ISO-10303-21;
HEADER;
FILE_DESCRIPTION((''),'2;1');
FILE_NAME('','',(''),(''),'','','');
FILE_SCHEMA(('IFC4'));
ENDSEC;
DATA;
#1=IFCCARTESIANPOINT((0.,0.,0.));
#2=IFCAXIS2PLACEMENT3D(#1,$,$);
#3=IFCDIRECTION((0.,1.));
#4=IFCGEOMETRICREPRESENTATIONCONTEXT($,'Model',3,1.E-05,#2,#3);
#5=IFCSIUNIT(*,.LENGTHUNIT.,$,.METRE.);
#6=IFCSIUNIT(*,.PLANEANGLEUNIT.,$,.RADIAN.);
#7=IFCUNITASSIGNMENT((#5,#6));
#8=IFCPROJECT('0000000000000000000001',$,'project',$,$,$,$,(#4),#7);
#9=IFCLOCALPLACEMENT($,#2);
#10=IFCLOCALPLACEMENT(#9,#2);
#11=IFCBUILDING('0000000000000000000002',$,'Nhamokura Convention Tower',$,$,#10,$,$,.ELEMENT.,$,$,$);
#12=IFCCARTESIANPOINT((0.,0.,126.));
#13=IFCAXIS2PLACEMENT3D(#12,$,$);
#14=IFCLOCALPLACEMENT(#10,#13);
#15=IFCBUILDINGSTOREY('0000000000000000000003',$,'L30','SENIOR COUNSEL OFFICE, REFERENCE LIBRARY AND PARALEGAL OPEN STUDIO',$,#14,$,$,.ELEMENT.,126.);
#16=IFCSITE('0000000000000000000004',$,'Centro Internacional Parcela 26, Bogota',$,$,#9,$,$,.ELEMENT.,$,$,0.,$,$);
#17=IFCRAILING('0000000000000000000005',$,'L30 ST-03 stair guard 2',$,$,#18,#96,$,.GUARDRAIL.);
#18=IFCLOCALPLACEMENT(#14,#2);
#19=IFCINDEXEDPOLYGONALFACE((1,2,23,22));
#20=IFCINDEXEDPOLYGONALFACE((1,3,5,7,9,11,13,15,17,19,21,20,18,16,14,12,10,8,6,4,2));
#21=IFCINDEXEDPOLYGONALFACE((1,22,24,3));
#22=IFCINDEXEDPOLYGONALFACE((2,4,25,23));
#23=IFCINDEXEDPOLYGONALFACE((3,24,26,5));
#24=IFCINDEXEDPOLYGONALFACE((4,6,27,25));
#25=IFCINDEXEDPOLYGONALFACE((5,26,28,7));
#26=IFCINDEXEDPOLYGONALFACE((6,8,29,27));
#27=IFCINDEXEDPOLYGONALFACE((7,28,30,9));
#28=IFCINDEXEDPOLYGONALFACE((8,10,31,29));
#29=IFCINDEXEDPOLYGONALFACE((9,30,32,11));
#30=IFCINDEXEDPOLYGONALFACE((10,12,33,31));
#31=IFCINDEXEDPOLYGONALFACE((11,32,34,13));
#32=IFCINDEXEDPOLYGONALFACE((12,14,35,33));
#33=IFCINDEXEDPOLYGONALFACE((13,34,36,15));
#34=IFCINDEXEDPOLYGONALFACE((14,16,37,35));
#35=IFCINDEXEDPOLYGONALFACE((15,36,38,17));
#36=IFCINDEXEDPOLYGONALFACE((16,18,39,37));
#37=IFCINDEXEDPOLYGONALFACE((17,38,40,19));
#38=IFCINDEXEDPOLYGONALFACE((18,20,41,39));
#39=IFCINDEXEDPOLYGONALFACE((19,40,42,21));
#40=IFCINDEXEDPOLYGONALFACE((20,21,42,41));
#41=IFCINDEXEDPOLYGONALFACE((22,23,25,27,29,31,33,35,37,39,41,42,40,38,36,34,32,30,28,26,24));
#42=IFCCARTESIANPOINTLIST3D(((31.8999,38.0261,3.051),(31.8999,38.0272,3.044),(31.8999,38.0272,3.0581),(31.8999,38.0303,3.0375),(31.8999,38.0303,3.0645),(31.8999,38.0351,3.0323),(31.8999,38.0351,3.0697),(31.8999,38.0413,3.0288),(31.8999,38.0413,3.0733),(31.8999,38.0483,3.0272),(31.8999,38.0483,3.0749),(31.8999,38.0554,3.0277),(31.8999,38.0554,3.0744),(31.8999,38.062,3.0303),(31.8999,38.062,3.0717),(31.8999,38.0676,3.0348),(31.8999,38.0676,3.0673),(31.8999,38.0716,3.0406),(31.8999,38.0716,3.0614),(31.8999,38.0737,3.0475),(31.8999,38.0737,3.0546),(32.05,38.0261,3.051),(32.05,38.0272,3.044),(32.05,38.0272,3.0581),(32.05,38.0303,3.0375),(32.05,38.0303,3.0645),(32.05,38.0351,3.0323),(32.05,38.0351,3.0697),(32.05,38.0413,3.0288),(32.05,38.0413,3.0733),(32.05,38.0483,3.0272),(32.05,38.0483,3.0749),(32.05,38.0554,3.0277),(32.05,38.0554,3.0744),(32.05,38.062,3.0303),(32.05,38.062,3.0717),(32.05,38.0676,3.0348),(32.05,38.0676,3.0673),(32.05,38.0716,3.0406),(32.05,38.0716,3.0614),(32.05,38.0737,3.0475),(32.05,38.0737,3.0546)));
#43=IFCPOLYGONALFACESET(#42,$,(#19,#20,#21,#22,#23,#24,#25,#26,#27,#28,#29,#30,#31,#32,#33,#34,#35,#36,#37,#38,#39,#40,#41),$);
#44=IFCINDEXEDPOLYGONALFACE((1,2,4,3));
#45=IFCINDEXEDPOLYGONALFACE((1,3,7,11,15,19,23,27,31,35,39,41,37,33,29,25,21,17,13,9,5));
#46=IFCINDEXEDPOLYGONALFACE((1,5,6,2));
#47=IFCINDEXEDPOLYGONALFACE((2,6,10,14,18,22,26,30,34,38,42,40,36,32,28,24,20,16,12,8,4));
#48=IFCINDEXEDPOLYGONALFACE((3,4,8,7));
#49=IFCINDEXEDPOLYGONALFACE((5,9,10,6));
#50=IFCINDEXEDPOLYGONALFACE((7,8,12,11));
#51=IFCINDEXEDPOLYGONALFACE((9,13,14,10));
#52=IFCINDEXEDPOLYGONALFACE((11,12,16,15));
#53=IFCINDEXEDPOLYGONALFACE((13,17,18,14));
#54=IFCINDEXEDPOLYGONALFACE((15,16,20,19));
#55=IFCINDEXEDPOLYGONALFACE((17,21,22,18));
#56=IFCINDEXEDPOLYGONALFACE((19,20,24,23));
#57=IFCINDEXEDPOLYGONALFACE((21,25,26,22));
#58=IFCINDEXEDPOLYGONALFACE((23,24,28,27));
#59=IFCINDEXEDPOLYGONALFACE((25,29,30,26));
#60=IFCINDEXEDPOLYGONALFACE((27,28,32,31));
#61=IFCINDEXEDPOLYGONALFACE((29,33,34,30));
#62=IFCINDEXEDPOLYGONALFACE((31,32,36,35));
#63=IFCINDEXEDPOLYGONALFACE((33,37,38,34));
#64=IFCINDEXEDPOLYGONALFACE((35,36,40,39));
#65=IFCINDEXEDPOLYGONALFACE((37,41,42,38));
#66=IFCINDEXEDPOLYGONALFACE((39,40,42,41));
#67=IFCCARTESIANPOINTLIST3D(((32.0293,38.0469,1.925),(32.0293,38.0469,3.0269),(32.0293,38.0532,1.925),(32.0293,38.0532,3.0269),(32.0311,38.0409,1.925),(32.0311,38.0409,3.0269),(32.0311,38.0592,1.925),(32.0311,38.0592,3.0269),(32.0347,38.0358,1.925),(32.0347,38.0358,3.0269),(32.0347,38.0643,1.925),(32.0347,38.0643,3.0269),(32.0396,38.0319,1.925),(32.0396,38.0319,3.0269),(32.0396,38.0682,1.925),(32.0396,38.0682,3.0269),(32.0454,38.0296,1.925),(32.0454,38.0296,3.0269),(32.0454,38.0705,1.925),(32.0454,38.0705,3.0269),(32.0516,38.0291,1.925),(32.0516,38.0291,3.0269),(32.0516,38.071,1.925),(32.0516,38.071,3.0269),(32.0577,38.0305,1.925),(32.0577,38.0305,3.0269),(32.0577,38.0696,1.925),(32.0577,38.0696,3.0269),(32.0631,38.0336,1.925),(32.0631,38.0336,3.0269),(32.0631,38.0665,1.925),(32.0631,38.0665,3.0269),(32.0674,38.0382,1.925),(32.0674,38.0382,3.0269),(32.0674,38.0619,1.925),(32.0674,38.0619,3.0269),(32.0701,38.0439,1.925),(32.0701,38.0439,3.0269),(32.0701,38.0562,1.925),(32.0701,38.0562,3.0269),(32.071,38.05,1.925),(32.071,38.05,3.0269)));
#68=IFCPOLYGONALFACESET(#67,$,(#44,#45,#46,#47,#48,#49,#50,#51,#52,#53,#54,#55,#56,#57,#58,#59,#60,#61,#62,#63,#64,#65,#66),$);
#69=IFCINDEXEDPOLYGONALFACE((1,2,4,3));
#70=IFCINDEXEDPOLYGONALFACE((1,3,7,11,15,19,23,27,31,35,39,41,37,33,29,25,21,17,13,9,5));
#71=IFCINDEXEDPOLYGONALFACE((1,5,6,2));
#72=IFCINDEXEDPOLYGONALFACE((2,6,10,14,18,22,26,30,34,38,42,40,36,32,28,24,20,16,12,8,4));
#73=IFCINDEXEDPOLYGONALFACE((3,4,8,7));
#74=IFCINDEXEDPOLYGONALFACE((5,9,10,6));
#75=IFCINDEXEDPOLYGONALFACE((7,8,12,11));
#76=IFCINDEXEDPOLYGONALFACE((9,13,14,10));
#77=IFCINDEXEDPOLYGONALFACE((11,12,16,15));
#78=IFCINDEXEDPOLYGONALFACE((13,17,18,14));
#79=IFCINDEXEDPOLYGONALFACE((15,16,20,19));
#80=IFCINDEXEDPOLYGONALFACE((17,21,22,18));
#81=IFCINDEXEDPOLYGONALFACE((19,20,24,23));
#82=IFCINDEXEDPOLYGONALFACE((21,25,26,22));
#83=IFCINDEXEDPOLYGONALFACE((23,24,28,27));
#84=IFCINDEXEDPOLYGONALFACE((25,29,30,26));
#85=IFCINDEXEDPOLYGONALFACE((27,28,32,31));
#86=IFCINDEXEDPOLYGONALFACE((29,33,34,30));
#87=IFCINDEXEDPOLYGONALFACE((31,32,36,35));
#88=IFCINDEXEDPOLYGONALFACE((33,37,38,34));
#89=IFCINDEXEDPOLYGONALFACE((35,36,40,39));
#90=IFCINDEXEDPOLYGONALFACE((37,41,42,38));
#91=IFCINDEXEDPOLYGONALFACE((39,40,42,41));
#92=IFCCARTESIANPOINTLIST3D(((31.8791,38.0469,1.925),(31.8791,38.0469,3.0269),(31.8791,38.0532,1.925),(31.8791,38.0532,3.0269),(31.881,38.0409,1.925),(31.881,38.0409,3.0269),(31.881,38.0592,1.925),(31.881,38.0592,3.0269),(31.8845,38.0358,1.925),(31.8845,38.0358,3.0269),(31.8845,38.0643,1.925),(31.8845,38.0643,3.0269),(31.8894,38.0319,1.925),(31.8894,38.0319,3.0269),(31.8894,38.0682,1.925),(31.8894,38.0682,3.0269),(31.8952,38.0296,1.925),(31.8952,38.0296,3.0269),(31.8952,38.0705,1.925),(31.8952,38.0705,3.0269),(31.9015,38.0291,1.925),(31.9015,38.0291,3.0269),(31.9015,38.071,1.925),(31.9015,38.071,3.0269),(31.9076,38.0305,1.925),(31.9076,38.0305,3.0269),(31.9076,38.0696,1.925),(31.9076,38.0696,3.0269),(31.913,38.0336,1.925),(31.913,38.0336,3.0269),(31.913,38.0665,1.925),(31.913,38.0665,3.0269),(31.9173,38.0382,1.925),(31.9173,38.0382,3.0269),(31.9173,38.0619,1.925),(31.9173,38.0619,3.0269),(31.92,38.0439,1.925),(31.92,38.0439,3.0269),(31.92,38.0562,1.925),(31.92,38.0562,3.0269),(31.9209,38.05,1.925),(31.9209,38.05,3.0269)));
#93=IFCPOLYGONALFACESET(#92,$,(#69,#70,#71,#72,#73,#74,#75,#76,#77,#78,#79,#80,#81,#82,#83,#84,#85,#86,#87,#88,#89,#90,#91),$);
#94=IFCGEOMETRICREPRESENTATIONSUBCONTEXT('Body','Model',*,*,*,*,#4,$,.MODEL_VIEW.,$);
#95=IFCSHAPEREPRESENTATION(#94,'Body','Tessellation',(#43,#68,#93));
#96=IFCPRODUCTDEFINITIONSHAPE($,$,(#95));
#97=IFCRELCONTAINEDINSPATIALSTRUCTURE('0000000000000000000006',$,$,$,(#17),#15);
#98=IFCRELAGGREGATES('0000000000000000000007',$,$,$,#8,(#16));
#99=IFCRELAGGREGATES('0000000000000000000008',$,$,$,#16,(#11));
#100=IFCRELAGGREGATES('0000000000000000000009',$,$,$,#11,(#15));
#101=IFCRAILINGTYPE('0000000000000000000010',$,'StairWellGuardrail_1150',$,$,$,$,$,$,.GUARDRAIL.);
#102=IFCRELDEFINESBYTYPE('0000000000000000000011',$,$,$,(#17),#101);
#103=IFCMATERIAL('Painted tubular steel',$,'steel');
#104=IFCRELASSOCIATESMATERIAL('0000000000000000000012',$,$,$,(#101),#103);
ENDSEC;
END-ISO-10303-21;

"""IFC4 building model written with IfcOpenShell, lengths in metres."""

from ifc_helpers import new_model, si_unit, direction, frame, origin, origin_2d, place, context, subcontext, project, spatial, circle, extrude, material, type_object, element, save


model = new_model("IFC4")

# Units and contexts
model_context = context("Model", 3, precision=1e-05, world=origin(), true_north=direction((0.0, 1.0)))
body_context = subcontext(model_context, "Body", "Model", "MODEL_VIEW")
ifc_project = project(units=[si_unit("LENGTHUNIT", "METRE"), si_unit("PLANEANGLEUNIT", "RADIAN")], contexts=[model_context])

# Site, building, storey
site_placement = place(None, origin())
site = spatial("IfcSite", under=ifc_project, at=site_placement, Name="Centro Internacional Parcela 26, Bogota", CompositionType="ELEMENT", RefElevation=0.0)
building_placement = place(site_placement, origin())
building = spatial("IfcBuilding", under=site, at=building_placement, Name="Nhamokura Convention Tower", CompositionType="ELEMENT")
storey_placement = place(building_placement, frame((0.0, 0.0, 126.0)))
storey = spatial("IfcBuildingStorey", under=building, at=storey_placement, Name="L30", Description="SENIOR COUNSEL OFFICE, REFERENCE LIBRARY AND PARALEGAL OPEN STUDIO", CompositionType="ELEMENT", Elevation=126.0)

# Railing
ifc_material_1 = material(Name="Painted tubular steel", Category="steel")
railing_type = type_object("IfcRailingType", Name="StairWellGuardrail_1150", PredefinedType="GUARDRAIL", material=ifc_material_1)
railing_placement = place(storey_placement, frame((32.05, 38.05, 1.925)))
element("IfcRailing", 1, at=railing_placement, inside=storey, type_object=railing_type, Name="L30 ST-03 stair guard 2", PredefinedType="GUARDRAIL", context=body_context, shape_type="SweptSolid", body=[
    extrude(circle(Radius=0.0239, at=origin_2d()), frame((0.0, 0.0, 1.126), z_axis=(-1.0, 0.0, 0.0), x_axis=(0.0, -1.0, 0.0)), (0.0, 0.0, 1.0), 0.1501),
    extrude(circle(Radius=0.021, at=origin_2d()), origin(), (0.0, 0.0, 1.0), 1.1018),
    extrude(circle(Radius=0.021, at=origin_2d()), frame((-0.1501, 0.0, 0.0)), (0.0, 0.0, 1.0), 1.1018),
])

save(model, "model.ifc")
